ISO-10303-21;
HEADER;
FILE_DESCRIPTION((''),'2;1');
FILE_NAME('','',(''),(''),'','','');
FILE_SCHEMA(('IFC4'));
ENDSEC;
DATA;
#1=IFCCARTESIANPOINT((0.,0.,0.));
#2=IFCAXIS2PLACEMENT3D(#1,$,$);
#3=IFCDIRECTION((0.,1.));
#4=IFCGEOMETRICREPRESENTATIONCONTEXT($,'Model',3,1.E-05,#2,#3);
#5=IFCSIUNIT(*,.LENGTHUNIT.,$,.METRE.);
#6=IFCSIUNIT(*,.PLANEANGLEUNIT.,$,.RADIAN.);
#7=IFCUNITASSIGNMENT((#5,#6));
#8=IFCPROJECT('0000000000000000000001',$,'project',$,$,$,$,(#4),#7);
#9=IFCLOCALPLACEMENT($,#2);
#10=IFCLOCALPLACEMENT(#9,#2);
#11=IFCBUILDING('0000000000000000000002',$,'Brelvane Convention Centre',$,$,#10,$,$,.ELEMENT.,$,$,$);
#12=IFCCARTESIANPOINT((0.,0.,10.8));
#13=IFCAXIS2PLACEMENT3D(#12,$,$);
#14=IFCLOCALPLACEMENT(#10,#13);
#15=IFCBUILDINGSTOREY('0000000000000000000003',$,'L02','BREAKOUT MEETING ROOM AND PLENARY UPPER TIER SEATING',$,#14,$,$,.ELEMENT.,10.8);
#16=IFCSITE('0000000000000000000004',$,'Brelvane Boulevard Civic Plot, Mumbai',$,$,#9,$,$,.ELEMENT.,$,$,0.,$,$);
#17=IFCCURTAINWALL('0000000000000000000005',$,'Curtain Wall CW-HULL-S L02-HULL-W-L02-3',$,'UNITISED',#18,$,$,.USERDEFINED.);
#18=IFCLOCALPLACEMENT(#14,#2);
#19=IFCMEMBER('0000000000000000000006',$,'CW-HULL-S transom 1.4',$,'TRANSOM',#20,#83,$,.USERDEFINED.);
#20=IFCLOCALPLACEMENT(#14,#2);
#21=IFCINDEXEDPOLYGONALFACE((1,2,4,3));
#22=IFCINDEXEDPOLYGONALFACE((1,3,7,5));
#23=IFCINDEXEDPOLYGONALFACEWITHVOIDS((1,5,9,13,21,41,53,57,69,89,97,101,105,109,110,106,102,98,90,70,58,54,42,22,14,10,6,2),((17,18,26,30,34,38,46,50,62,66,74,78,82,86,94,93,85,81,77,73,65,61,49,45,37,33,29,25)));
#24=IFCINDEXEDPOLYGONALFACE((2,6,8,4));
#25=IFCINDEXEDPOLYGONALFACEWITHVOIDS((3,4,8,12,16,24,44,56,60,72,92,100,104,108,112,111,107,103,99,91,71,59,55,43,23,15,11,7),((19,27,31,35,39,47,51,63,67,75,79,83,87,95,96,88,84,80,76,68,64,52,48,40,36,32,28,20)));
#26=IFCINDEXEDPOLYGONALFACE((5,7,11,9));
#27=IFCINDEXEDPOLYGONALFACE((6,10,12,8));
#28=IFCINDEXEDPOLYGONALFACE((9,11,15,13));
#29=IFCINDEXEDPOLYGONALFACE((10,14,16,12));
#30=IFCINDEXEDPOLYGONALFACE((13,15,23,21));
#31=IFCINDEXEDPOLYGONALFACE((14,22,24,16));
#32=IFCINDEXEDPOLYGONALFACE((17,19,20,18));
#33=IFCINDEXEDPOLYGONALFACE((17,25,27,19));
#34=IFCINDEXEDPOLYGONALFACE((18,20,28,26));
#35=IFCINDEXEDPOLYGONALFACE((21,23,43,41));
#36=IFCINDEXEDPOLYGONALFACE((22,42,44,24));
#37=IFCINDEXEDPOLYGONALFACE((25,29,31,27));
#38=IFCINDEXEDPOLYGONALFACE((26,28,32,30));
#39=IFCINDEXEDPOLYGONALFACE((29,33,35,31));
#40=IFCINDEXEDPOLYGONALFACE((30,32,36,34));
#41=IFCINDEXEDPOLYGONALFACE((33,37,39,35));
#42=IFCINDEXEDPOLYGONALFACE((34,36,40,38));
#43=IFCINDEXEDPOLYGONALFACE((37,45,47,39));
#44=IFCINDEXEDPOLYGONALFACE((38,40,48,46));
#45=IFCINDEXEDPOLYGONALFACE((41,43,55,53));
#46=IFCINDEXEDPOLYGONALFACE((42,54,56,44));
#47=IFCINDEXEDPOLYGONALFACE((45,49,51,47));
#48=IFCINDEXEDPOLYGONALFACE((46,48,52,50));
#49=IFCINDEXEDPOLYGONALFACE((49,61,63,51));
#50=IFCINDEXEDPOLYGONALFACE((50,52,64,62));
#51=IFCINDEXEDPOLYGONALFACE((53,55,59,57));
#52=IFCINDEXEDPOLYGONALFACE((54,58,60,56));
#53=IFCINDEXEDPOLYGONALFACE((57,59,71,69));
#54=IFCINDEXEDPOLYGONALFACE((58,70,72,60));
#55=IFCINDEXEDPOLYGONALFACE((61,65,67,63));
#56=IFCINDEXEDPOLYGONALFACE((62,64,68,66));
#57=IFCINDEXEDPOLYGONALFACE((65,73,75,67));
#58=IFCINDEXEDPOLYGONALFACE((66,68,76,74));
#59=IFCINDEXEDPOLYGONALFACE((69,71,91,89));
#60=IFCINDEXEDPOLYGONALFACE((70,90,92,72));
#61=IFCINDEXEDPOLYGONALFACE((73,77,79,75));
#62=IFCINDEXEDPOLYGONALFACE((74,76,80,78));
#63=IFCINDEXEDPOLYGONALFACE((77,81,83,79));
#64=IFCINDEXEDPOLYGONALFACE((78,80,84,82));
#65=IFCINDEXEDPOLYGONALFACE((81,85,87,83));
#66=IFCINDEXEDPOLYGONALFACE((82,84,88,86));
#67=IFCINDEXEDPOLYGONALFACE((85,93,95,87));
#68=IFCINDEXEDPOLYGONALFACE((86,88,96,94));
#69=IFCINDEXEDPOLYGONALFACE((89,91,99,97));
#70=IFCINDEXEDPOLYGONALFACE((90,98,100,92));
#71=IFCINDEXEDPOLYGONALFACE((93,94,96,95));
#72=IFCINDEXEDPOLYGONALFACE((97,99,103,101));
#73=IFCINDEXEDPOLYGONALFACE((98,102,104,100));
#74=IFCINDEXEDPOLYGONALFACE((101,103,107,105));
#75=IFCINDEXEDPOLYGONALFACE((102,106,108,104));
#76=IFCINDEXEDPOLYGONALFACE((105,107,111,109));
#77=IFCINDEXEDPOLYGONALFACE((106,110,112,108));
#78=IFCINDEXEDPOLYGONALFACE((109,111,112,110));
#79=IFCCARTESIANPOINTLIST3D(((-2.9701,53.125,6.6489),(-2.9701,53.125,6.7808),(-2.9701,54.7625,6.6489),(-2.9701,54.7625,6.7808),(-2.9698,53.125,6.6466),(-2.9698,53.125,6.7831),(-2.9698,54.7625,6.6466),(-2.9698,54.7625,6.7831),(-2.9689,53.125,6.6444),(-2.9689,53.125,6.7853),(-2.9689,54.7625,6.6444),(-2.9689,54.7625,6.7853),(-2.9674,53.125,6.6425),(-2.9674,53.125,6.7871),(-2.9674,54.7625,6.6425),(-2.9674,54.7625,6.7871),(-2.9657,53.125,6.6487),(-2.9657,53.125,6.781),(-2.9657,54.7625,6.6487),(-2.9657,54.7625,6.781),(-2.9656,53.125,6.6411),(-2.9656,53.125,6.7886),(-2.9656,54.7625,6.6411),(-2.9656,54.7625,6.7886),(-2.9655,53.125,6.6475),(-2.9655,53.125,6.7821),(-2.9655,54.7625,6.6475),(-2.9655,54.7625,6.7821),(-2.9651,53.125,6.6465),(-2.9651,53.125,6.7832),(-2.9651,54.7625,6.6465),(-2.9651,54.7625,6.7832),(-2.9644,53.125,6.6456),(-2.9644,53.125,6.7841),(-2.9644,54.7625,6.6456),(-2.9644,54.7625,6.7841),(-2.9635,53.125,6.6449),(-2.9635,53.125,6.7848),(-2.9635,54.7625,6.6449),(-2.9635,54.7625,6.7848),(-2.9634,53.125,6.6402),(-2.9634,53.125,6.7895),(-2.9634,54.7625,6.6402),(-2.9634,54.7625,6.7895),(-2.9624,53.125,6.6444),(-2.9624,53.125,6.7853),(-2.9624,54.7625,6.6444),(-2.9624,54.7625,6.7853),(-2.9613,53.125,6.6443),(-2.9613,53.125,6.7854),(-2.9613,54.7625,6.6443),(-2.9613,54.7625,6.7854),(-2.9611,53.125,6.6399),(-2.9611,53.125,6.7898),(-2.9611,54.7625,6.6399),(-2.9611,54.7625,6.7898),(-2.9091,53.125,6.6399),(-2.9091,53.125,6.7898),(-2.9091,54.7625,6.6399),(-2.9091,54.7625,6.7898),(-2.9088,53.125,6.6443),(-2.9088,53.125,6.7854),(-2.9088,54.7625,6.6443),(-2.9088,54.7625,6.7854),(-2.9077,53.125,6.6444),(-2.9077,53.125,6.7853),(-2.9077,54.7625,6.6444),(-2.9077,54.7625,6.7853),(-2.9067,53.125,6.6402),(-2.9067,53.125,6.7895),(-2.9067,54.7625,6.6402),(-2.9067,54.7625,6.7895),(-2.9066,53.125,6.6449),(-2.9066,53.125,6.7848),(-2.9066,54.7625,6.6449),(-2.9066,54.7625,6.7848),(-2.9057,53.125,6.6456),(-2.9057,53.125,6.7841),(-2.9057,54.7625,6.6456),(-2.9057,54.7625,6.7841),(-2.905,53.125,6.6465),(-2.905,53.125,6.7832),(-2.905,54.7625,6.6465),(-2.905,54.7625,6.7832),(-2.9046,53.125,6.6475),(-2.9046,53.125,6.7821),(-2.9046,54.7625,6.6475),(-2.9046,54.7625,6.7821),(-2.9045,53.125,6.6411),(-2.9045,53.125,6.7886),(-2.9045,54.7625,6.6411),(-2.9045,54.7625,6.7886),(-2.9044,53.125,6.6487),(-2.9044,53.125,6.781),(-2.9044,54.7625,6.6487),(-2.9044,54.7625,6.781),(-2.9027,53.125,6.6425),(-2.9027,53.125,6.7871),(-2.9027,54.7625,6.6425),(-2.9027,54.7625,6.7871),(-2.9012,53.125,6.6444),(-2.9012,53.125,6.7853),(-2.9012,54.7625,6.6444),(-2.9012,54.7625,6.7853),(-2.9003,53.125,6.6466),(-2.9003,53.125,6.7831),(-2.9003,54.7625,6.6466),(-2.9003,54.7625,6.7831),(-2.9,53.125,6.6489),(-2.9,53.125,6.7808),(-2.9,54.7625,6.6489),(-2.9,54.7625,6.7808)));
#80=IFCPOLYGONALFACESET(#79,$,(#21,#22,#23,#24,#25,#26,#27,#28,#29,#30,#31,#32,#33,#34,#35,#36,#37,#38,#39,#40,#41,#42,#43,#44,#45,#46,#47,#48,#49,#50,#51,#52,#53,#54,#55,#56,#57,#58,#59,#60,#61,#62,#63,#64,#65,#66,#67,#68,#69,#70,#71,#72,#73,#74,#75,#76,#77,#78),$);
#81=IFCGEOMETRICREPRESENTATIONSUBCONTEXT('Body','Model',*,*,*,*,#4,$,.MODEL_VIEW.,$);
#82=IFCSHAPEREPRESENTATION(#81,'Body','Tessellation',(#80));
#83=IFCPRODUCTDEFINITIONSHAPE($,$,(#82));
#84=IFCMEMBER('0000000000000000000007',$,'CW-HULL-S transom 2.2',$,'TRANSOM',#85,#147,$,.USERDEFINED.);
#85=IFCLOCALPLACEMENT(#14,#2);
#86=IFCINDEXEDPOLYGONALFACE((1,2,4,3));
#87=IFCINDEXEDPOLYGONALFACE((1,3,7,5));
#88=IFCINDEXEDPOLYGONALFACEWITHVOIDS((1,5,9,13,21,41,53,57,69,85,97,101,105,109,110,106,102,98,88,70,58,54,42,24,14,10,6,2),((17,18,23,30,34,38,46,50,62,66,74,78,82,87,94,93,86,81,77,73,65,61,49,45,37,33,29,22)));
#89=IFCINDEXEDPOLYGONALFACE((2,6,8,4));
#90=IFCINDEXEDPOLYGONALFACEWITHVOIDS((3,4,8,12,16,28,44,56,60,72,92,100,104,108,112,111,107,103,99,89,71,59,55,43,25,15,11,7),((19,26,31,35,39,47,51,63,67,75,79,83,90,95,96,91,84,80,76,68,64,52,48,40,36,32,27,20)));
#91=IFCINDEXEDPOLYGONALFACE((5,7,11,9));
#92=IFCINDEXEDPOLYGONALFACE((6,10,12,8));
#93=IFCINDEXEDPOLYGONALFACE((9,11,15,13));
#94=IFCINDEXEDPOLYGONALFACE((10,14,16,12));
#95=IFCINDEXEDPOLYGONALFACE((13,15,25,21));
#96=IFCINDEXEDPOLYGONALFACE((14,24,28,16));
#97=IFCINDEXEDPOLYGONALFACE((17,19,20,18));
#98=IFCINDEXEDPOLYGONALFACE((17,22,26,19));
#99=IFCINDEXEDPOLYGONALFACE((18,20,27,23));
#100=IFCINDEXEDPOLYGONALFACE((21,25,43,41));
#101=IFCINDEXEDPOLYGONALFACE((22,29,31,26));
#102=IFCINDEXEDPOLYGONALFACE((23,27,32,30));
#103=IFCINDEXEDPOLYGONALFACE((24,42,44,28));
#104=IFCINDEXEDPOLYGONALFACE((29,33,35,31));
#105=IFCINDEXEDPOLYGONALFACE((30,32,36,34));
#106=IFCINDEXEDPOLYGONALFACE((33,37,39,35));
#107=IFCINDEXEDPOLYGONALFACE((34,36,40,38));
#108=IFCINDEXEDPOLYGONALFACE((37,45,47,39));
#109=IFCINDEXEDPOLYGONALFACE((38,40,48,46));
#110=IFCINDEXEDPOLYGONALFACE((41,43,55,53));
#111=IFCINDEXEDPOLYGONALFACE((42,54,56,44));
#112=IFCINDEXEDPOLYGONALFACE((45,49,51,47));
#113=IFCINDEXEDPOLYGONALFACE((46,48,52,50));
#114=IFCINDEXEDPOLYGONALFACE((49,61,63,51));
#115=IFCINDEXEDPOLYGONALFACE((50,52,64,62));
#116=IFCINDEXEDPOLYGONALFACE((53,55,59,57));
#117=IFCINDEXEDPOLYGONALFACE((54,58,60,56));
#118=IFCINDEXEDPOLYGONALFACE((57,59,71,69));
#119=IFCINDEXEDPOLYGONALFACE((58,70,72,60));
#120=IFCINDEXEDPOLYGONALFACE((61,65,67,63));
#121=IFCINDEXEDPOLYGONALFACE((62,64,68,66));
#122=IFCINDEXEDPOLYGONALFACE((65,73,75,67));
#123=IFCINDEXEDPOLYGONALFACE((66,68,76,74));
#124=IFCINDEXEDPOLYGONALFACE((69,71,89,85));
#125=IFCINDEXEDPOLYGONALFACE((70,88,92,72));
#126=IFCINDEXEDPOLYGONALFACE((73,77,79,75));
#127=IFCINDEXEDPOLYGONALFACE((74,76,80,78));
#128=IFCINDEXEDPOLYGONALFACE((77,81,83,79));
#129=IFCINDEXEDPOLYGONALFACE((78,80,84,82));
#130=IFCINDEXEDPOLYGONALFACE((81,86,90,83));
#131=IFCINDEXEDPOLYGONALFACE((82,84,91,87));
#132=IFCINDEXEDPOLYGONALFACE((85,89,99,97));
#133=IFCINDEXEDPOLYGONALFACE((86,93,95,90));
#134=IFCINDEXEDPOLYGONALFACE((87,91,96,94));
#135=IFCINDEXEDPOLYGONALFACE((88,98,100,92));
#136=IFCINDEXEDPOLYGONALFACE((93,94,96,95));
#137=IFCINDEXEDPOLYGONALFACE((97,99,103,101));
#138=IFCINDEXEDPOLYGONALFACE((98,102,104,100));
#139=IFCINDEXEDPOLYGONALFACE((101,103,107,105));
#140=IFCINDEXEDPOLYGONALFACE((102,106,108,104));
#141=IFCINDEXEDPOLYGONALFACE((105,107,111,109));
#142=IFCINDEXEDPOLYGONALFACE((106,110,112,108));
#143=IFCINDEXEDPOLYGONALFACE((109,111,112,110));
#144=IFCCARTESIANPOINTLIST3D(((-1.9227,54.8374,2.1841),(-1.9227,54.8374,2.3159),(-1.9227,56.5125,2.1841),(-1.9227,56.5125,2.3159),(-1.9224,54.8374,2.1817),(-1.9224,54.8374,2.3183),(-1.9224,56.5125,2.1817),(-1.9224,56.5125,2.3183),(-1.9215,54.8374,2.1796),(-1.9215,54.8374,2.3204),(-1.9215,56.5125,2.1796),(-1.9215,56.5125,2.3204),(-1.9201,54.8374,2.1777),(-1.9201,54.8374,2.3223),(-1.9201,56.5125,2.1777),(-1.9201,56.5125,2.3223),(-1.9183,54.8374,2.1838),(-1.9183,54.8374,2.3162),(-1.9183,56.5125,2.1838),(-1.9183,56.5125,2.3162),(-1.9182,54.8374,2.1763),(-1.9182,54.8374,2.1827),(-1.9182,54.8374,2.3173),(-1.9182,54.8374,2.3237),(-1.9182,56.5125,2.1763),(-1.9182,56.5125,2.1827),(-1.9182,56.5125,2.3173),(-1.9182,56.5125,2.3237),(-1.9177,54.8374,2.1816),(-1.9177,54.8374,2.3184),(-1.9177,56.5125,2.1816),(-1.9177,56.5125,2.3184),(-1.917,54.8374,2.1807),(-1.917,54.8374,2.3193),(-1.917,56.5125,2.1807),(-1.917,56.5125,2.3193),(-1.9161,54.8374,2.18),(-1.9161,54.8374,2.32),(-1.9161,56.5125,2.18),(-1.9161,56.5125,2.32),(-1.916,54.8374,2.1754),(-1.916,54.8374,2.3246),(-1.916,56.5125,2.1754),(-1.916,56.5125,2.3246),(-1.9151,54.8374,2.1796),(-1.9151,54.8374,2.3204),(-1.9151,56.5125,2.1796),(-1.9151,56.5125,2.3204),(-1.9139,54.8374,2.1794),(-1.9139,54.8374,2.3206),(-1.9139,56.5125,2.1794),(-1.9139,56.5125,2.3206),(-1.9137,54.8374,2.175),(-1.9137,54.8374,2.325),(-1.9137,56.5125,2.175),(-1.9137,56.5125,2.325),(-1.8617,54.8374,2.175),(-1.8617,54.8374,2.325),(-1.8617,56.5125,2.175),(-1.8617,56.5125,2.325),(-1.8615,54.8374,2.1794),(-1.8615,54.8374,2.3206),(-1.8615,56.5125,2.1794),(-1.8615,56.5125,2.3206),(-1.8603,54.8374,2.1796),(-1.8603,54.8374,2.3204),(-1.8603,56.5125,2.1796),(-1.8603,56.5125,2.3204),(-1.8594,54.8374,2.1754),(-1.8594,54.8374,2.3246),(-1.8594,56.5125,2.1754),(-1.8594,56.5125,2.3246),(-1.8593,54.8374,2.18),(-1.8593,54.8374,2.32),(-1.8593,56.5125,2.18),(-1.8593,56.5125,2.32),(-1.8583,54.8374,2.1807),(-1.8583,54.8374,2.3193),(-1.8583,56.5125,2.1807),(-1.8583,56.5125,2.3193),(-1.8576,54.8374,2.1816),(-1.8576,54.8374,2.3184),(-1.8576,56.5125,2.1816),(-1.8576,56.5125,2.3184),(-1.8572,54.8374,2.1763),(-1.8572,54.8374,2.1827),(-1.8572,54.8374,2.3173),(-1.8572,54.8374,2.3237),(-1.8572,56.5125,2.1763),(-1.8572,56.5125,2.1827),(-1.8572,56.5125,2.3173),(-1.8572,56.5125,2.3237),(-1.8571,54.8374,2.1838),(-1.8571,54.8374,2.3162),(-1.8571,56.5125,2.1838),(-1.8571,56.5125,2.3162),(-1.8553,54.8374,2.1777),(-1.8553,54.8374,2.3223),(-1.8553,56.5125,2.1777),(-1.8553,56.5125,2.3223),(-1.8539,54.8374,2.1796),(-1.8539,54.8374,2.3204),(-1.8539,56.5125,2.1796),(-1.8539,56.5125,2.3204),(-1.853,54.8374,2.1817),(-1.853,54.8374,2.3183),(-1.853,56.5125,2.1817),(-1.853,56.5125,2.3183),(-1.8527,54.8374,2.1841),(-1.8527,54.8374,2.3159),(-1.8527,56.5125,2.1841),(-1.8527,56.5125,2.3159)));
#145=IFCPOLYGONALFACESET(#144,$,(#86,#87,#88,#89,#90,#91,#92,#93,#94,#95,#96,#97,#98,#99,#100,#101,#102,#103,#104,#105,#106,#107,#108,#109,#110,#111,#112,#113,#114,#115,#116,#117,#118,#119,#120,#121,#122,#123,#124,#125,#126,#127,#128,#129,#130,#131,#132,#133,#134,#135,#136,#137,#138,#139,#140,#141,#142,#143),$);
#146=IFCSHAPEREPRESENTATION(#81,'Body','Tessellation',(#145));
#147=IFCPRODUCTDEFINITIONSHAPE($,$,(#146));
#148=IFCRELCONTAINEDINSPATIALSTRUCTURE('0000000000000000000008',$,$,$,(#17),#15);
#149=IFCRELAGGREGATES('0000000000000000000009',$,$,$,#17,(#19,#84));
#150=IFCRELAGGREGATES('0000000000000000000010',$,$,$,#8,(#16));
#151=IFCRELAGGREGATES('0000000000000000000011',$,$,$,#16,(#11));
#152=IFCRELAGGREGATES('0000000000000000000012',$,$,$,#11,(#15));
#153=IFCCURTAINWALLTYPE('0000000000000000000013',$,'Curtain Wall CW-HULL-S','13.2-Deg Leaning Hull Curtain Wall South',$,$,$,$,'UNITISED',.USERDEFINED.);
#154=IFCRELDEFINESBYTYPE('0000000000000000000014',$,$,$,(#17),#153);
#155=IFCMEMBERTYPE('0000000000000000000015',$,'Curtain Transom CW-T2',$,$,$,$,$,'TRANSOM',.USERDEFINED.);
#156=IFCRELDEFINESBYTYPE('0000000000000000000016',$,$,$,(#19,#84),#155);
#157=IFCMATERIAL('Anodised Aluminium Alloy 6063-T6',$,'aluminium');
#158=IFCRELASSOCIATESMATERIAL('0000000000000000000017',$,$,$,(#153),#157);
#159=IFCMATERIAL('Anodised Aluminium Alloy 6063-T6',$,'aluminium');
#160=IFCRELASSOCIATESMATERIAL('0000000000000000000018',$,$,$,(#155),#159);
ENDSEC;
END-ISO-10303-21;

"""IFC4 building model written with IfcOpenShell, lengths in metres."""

from ifc_helpers import new_model, si_unit, direction, frame, origin, origin_2d, place, context, subcontext, project, spatial, hollow_rectangle, extrude, material, material_profile, profile_set, type_object, element, aggregate, save


model = new_model("IFC4")

# Units and contexts
model_context = context("Model", 3, precision=1e-05, world=origin(), true_north=direction((0.0, 1.0)))
body_context = subcontext(model_context, "Body", "Model", "MODEL_VIEW")
ifc_project = project(units=[si_unit("LENGTHUNIT", "METRE"), si_unit("PLANEANGLEUNIT", "RADIAN")], contexts=[model_context])

# Site, building, storey
site_placement = place(None, origin())
site = spatial("IfcSite", under=ifc_project, at=site_placement, Name="Brelvane Boulevard Civic Plot, Mumbai", CompositionType="ELEMENT", RefElevation=0.0)
building_placement = place(site_placement, origin())
building = spatial("IfcBuilding", under=site, at=building_placement, Name="Brelvane Convention Centre", CompositionType="ELEMENT")
storey_placement = place(building_placement, frame((0.0, 0.0, 10.8)))
storey = spatial("IfcBuildingStorey", under=building, at=storey_placement, Name="L02", Description="BREAKOUT MEETING ROOM AND PLENARY UPPER TIER SEATING", CompositionType="ELEMENT", Elevation=10.8)

# Curtain wall
ifc_material_1 = material(Name="Anodised Aluminium Alloy 6063-T6", Category="aluminium")
curtain_wall_type = type_object("IfcCurtainWallType", Name="Curtain Wall CW-HULL-S", Description="13.2-Deg Leaning Hull Curtain Wall South", ElementType="UNITISED", PredefinedType="USERDEFINED", material=ifc_material_1)
curtain_wall_1_placement = place(storey_placement, origin())
curtain_wall_1 = element("IfcCurtainWall", 1, at=curtain_wall_1_placement, inside=storey, type_object=curtain_wall_type, Name="Curtain Wall CW-HULL-S L02-HULL-W-L02-3", ObjectType="UNITISED", PredefinedType="USERDEFINED")

# Members
ifc_material_2 = material(Name="Anodised Aluminium Alloy 6063-T6", Category="aluminium")
ifc_material_profile_1 = material_profile(ifc_material_2, hollow_rectangle(XDim=0.0701, YDim=0.1499, WallThickness=0.0044, InnerFilletRadius=0.0044, OuterFilletRadius=0.009, at=origin_2d()), Name="ALU-T 150x70x4.5")
ifc_profile_set_1 = profile_set([ifc_material_profile_1], Name="Anodised Aluminium Alloy 6063-T6")
member_type_1 = type_object("IfcMemberType", Name="Curtain Transom CW-T2", ElementType="TRANSOM", PredefinedType="USERDEFINED", material=ifc_profile_set_1)
member_1_placement = place(storey_placement, frame((-2.9351, 53.125, 6.7148), z_axis=(0.0, 1.0, 0.0), x_axis=(-1.0, 0.0, 0.0)))
member_1 = element("IfcMember", 2, at=member_1_placement, type_object=member_type_1, Name="CW-HULL-S transom 1.4", ObjectType="TRANSOM", PredefinedType="USERDEFINED", context=body_context, shape_type="SweptSolid", body=[
    extrude(hollow_rectangle(XDim=0.0701, YDim=0.1499, WallThickness=0.0044, InnerFilletRadius=0.0044, OuterFilletRadius=0.009, at=origin_2d()), origin(), (0.0, 0.0, 1.0), 1.6375),
])
member_2_placement = place(storey_placement, frame((-1.8877, 54.8374, 2.25), z_axis=(0.0, 1.0, 0.0), x_axis=(-1.0, 0.0, 0.0)))
member_2 = element("IfcMember", 3, at=member_2_placement, type_object=member_type_1, Name="CW-HULL-S transom 2.2", ObjectType="TRANSOM", PredefinedType="USERDEFINED", context=body_context, shape_type="SweptSolid", body=[
    extrude(hollow_rectangle(XDim=0.0701, YDim=0.1499, WallThickness=0.0044, InnerFilletRadius=0.0044, OuterFilletRadius=0.009, at=origin_2d()), origin(), (0.0, 0.0, 1.0), 1.675),
])

aggregate(curtain_wall_1, [member_1, member_2])

save(model, "model.ifc")
